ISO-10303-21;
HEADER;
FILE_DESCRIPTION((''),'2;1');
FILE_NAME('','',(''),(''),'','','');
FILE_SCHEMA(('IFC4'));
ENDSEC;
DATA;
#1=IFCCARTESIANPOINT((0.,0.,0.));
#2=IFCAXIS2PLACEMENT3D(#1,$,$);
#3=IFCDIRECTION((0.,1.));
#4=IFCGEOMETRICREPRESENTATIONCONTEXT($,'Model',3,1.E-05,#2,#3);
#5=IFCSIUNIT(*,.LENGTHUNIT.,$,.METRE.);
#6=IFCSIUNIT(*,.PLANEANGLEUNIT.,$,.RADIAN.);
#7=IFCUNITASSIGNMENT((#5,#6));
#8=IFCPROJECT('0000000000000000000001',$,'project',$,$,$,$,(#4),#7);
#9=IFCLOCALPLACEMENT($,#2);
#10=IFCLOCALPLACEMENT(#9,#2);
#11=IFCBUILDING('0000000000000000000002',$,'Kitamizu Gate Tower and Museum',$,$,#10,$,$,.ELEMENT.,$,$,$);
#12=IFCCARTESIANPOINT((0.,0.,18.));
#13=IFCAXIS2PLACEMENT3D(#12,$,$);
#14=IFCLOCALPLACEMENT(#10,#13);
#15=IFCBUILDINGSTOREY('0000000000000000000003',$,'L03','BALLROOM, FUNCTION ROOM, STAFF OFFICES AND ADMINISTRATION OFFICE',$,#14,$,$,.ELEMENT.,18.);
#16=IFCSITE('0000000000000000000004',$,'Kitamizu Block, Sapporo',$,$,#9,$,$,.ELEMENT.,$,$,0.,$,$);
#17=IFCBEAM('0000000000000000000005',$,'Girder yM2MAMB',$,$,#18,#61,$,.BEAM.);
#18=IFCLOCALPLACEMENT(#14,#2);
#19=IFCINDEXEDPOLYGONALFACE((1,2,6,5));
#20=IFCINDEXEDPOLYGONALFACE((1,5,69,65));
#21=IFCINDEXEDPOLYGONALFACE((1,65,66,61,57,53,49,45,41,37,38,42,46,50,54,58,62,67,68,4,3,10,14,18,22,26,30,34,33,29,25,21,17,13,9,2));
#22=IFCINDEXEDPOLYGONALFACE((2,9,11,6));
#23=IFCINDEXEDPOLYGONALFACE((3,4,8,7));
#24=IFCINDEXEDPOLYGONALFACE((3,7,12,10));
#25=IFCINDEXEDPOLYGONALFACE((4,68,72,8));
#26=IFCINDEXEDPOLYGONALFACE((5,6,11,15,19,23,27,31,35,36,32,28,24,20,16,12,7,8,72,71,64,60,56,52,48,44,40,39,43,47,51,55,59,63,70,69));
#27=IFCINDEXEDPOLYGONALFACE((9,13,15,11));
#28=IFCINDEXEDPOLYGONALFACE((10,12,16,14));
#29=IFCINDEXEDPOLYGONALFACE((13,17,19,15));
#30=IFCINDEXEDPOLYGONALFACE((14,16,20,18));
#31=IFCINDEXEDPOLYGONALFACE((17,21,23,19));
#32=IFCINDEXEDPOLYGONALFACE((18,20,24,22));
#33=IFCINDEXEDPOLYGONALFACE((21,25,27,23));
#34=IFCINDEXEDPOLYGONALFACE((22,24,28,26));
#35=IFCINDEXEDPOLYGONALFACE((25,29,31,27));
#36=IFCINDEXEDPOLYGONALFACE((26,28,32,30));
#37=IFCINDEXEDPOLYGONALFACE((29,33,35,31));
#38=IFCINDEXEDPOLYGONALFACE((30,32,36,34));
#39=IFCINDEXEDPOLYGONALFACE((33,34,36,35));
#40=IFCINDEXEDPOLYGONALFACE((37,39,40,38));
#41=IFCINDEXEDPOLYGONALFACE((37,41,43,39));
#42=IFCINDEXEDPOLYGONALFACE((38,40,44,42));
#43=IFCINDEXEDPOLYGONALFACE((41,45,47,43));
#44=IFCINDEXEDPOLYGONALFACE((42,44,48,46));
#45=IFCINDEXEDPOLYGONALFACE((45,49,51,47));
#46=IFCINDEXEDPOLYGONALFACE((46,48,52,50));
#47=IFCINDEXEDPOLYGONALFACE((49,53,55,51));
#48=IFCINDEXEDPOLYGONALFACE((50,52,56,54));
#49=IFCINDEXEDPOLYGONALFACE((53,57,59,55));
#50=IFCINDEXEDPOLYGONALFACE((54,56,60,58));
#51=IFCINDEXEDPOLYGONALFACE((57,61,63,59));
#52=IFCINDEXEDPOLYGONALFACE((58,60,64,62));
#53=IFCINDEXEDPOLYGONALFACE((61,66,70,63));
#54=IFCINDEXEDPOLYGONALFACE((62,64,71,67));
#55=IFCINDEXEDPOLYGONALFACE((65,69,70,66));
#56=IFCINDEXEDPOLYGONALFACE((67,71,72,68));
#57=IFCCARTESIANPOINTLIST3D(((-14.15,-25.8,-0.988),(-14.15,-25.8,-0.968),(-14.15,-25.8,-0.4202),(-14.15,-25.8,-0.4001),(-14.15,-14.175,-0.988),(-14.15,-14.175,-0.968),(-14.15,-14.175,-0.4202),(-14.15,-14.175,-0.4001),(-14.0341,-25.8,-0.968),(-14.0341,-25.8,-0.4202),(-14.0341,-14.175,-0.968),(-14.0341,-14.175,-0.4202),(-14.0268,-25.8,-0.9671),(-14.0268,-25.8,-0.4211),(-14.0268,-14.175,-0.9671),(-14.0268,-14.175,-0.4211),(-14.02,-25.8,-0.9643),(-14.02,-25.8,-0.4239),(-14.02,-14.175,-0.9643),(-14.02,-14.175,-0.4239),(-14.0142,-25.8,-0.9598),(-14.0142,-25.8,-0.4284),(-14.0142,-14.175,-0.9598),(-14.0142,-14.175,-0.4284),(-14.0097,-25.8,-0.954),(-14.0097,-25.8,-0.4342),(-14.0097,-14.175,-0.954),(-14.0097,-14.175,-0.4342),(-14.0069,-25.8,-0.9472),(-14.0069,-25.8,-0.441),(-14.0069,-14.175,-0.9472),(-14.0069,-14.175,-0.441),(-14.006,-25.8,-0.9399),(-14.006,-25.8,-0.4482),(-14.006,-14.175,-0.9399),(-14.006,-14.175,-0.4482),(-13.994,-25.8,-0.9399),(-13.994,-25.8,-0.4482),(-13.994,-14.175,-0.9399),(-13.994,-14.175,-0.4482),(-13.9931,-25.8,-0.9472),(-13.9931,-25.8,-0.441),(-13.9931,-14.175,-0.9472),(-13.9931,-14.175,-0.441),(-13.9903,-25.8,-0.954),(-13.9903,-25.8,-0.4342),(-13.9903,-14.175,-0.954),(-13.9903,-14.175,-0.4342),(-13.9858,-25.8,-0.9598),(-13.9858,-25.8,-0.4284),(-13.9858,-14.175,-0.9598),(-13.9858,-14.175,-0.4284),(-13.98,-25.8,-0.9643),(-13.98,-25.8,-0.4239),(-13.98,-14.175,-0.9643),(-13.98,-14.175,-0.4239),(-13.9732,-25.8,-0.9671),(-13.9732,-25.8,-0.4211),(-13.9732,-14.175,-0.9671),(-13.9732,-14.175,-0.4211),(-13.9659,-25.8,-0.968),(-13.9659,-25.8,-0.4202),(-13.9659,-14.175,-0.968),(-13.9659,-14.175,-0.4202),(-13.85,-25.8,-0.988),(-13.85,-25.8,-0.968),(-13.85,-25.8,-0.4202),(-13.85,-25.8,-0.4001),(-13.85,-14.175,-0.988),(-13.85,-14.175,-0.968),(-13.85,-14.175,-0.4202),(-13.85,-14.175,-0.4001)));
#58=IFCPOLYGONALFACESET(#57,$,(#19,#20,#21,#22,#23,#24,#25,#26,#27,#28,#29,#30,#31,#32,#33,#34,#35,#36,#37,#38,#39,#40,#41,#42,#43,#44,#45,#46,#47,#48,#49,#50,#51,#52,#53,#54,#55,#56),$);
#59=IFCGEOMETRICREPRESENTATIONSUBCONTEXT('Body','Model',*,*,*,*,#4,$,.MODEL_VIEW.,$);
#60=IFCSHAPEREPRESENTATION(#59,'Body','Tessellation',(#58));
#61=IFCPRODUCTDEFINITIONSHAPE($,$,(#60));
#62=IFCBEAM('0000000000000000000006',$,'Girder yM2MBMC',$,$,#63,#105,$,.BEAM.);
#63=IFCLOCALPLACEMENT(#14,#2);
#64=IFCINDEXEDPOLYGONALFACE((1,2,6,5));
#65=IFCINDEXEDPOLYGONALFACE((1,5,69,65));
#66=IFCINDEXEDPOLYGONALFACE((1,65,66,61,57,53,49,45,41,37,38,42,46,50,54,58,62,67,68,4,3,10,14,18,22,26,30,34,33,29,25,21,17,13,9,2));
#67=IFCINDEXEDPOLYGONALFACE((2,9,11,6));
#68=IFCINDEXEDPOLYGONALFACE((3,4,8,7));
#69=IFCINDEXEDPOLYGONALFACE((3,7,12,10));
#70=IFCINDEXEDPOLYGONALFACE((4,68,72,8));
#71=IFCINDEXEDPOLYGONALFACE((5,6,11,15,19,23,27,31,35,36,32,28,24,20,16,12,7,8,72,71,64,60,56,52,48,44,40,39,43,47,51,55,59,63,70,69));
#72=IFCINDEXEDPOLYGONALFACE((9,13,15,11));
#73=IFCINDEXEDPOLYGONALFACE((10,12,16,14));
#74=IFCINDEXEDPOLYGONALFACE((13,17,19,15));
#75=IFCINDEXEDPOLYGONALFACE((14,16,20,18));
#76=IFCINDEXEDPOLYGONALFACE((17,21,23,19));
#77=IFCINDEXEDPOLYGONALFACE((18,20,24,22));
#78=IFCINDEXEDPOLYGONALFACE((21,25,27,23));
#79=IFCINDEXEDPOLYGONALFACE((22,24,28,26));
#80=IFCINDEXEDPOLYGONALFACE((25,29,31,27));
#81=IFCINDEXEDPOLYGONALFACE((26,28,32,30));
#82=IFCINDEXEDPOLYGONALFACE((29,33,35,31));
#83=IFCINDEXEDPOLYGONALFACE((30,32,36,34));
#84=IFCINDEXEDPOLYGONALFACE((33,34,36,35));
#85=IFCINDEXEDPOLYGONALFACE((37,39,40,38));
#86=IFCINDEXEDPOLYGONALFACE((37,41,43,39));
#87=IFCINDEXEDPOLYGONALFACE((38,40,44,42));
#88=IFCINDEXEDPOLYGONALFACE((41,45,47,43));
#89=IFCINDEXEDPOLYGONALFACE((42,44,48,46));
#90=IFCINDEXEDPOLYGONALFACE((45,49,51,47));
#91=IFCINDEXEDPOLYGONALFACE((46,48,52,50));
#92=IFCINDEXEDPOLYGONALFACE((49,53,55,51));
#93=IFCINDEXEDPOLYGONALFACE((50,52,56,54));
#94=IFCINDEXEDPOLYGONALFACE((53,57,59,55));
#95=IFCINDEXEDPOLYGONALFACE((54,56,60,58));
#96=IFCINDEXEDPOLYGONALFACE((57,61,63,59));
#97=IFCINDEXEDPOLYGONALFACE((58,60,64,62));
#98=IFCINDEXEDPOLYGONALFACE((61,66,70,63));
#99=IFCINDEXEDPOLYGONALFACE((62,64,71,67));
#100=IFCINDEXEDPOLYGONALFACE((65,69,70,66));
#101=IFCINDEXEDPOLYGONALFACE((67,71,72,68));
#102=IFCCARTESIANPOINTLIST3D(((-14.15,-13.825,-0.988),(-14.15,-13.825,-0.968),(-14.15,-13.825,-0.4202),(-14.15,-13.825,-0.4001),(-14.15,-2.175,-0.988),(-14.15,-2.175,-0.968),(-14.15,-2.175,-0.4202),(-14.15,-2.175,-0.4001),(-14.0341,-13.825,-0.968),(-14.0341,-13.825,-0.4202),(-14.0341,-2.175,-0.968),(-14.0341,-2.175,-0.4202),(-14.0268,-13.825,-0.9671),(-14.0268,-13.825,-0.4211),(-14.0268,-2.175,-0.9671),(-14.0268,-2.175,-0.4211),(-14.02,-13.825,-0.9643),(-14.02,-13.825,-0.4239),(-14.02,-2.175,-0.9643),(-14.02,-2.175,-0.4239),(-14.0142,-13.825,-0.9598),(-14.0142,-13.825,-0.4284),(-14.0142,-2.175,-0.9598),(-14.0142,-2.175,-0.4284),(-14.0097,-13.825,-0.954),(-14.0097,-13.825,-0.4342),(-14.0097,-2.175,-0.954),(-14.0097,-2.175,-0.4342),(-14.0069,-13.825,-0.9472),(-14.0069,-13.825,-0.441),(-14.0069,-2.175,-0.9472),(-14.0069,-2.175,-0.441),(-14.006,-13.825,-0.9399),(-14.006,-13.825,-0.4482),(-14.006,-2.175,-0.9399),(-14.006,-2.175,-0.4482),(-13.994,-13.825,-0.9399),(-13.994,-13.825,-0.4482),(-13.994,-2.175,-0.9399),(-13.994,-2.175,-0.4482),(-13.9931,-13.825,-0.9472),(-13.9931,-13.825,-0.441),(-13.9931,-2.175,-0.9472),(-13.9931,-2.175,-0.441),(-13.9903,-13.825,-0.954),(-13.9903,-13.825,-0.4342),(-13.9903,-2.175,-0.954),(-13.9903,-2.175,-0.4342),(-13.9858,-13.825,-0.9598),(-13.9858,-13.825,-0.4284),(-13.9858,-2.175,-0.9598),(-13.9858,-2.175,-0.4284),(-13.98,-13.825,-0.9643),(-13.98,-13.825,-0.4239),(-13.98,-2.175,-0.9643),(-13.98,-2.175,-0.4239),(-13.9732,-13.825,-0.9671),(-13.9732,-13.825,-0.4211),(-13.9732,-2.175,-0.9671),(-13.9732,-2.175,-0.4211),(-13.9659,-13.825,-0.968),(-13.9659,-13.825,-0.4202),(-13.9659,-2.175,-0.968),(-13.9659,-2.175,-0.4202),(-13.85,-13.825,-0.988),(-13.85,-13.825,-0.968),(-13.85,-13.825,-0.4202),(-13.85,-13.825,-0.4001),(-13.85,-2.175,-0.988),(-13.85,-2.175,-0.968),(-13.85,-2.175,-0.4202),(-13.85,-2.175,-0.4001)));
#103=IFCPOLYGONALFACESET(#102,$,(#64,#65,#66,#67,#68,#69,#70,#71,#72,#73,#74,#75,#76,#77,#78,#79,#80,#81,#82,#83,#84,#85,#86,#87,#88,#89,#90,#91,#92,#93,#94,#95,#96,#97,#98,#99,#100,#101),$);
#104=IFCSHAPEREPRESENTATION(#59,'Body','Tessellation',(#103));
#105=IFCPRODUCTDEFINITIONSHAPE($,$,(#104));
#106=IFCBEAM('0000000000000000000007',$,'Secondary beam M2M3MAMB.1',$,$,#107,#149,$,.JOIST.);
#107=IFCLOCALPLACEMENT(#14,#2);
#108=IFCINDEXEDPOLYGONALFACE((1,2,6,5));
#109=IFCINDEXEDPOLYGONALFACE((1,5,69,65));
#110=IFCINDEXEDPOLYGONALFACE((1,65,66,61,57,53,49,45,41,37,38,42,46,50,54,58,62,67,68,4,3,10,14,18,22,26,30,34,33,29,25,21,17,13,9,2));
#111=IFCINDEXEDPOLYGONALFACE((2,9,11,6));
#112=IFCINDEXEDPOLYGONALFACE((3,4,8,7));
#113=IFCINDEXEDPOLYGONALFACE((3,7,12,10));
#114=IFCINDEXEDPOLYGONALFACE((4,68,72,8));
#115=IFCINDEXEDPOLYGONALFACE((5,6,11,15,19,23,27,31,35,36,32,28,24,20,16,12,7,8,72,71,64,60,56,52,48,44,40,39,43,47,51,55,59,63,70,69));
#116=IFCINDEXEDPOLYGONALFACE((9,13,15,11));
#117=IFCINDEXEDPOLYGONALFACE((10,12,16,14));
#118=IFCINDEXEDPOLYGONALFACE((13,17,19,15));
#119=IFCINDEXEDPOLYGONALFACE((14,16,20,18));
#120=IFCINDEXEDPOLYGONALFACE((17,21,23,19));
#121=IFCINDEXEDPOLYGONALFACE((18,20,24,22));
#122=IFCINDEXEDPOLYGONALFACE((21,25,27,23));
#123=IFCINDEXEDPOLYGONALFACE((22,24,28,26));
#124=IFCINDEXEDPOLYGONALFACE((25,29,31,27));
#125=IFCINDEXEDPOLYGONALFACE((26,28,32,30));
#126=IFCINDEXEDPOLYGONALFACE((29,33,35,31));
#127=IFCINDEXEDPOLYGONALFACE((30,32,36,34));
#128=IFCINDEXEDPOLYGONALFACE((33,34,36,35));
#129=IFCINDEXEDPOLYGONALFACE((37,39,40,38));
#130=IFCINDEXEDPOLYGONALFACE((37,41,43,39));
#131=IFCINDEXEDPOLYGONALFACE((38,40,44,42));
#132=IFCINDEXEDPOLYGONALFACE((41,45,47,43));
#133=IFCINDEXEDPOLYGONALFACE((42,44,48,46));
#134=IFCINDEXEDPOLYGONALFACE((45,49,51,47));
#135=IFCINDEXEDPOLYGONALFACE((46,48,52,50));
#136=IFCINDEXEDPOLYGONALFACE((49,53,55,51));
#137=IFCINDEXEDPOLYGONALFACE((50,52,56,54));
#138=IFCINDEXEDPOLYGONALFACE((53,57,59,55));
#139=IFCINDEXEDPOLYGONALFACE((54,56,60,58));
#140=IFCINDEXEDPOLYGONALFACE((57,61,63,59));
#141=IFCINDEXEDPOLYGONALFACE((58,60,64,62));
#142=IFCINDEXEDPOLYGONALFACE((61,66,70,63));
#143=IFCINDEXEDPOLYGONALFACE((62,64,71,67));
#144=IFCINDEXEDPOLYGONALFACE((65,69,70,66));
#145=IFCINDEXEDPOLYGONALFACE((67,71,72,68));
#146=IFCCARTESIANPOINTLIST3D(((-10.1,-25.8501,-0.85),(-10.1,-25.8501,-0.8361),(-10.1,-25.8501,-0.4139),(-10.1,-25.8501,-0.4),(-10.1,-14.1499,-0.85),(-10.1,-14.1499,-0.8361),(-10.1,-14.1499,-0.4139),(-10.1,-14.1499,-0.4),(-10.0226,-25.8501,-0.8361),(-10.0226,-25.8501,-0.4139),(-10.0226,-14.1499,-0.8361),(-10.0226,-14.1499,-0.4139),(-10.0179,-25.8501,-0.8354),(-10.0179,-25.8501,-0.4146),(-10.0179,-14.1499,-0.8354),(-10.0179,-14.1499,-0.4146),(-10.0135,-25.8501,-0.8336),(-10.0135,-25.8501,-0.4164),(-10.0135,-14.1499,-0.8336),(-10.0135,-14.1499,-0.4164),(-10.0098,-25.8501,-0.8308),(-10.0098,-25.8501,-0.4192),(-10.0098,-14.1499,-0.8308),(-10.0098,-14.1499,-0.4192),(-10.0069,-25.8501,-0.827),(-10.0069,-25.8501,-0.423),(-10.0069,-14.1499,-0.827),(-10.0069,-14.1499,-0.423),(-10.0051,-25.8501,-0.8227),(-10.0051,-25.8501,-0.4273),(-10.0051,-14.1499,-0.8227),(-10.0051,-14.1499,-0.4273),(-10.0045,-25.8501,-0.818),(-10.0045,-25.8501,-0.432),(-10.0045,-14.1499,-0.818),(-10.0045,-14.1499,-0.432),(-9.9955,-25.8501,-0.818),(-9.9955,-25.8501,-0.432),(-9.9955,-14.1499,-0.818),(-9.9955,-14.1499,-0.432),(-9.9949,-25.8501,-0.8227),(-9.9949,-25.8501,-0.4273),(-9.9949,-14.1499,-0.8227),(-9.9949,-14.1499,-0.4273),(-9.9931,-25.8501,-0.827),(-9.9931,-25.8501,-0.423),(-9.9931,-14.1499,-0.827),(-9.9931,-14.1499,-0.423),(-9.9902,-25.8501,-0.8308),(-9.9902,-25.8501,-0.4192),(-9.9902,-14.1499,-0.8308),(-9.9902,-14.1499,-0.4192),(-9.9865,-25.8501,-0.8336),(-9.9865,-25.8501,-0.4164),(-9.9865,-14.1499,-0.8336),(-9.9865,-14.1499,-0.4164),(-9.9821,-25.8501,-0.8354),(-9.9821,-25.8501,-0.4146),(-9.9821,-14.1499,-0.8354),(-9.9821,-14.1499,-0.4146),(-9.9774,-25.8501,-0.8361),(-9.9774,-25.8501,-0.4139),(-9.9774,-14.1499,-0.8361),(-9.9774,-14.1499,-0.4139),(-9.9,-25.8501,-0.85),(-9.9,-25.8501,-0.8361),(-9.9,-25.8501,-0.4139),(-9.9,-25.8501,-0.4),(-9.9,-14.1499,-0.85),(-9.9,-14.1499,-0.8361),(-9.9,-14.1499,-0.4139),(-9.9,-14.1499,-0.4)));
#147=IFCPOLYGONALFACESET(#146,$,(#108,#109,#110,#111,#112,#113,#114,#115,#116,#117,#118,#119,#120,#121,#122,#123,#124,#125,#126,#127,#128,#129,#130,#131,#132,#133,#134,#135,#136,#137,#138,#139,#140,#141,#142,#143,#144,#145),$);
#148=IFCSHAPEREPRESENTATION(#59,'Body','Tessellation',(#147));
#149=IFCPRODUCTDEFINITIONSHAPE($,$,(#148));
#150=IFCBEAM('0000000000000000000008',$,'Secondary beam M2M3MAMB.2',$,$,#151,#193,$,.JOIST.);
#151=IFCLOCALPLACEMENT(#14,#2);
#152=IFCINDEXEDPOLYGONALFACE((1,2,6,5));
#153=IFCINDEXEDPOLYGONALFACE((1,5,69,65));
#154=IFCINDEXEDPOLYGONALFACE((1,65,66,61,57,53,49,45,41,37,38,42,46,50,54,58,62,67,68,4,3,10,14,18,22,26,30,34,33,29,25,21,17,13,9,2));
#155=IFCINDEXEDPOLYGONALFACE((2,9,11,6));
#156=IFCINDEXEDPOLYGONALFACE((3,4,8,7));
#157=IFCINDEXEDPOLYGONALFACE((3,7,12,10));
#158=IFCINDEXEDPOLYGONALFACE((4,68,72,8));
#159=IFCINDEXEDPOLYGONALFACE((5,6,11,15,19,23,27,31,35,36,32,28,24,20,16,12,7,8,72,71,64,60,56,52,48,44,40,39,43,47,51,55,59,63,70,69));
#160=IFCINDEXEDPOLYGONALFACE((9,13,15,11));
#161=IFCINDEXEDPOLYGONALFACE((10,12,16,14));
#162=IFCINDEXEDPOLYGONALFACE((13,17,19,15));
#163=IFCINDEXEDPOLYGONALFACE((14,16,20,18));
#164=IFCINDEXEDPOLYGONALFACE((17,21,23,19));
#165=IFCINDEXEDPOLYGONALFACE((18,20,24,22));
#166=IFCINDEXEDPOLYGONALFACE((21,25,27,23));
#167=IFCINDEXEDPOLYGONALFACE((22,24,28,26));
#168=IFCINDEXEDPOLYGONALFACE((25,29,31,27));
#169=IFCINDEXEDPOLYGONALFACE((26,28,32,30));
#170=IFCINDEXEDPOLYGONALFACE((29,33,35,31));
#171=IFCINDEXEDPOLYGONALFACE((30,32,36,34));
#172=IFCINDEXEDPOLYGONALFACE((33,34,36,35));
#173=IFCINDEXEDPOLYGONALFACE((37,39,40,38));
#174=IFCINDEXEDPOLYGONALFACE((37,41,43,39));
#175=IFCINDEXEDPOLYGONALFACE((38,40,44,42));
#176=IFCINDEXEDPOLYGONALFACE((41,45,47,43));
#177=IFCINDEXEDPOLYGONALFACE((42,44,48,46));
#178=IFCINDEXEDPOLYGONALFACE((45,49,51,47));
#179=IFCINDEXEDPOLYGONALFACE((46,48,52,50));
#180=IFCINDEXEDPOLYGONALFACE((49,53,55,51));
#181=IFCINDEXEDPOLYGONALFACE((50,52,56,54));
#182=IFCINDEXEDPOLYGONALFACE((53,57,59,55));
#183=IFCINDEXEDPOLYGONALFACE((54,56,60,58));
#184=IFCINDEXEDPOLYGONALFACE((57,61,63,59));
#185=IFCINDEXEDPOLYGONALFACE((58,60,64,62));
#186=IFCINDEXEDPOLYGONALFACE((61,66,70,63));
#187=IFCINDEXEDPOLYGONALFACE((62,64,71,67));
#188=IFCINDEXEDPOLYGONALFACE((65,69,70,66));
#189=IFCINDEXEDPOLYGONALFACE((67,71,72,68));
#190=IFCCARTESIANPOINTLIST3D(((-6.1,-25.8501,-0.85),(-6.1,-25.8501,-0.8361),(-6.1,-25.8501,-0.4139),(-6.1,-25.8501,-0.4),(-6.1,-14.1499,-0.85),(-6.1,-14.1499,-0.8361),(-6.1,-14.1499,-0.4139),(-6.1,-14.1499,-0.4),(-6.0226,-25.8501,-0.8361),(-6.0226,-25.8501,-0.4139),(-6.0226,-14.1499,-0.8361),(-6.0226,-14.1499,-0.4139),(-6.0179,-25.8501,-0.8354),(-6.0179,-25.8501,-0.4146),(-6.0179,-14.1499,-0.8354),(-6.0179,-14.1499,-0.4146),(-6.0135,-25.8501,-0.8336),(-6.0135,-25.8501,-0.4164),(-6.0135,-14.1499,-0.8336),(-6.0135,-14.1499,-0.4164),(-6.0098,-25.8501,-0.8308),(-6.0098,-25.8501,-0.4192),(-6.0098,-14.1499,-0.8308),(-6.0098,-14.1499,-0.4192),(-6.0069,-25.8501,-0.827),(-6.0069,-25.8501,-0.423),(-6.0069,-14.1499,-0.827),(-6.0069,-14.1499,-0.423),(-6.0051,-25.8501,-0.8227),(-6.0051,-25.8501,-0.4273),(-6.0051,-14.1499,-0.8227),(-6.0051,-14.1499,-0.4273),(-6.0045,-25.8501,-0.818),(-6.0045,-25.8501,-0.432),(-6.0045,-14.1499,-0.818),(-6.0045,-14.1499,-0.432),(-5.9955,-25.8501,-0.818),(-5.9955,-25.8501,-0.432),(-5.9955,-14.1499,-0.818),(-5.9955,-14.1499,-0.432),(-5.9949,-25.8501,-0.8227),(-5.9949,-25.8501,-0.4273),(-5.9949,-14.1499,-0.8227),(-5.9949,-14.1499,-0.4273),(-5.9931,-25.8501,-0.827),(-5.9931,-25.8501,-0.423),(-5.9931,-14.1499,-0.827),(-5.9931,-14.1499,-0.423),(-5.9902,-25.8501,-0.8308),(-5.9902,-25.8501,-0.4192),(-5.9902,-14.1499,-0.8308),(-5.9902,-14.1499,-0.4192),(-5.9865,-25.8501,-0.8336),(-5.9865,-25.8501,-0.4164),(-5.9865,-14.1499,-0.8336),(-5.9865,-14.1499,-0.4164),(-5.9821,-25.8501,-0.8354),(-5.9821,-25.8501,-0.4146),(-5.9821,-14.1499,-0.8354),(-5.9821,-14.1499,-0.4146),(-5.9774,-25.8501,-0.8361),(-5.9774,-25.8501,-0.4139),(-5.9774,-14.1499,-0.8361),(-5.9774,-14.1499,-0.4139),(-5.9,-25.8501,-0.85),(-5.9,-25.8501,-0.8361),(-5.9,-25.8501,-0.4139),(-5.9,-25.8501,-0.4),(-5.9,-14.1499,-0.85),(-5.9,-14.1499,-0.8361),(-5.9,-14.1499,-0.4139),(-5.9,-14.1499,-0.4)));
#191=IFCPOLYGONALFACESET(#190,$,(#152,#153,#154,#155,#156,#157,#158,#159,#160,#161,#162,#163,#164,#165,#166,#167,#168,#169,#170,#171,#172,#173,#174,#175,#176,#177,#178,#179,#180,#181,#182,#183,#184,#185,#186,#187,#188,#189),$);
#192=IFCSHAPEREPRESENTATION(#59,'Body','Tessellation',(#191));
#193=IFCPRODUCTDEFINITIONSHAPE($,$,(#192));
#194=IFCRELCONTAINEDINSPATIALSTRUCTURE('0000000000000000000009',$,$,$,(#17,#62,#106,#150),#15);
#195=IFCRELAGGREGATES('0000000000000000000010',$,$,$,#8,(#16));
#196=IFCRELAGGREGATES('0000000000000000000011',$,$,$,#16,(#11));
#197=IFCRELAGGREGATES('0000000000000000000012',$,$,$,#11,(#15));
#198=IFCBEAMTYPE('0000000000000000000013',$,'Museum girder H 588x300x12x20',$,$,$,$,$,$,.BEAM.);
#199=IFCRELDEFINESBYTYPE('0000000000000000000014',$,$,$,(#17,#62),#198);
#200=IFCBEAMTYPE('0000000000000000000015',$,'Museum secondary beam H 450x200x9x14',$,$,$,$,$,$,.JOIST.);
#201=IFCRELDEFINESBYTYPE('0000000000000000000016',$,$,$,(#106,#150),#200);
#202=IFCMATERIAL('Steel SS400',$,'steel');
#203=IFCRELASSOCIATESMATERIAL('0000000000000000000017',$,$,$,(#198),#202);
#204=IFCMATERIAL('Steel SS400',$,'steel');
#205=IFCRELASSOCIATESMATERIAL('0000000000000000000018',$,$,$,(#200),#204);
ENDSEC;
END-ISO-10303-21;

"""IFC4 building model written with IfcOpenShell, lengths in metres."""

from ifc_helpers import new_model, si_unit, direction, frame, origin, origin_2d, place, context, subcontext, project, spatial, i_section, extrude, material, material_profile, profile_set, type_object, element, save


model = new_model("IFC4")

# Units and contexts
model_context = context("Model", 3, precision=1e-05, world=origin(), true_north=direction((0.0, 1.0)))
body_context = subcontext(model_context, "Body", "Model", "MODEL_VIEW")
ifc_project = project(units=[si_unit("LENGTHUNIT", "METRE"), si_unit("PLANEANGLEUNIT", "RADIAN")], contexts=[model_context])

# Site, building, storey
site_placement = place(None, origin())
site = spatial("IfcSite", under=ifc_project, at=site_placement, Name="Kitamizu Block, Sapporo", CompositionType="ELEMENT", RefElevation=0.0)
building_placement = place(site_placement, origin())
building = spatial("IfcBuilding", under=site, at=building_placement, Name="Kitamizu Gate Tower and Museum", CompositionType="ELEMENT")
storey_placement = place(building_placement, frame((0.0, 0.0, 18.0)))
storey = spatial("IfcBuildingStorey", under=building, at=storey_placement, Name="L03", Description="BALLROOM, FUNCTION ROOM, STAFF OFFICES AND ADMINISTRATION OFFICE", CompositionType="ELEMENT", Elevation=18.0)

# Beams
ifc_material_1 = material(Name="Steel SS400", Category="steel")
ifc_material_profile_1 = material_profile(ifc_material_1, i_section(OverallWidth=0.3, OverallDepth=0.5879, WebThickness=0.012, FlangeThickness=0.02, FilletRadius=0.0281, at=origin_2d()), Name="H-588x300x12x20")
ifc_profile_set_1 = profile_set([ifc_material_profile_1], Name="Steel SS400")
beam_type_1 = type_object("IfcBeamType", Name="Museum girder H 588x300x12x20", PredefinedType="BEAM", material=ifc_profile_set_1)
beam_1_placement = place(storey_placement, frame((-14.0, -25.8, -0.6941), z_axis=(0.0, 1.0, 0.0), x_axis=(-1.0, 0.0, 0.0)))
element("IfcBeam", 1, at=beam_1_placement, inside=storey, type_object=beam_type_1, Name="Girder yM2MAMB", PredefinedType="BEAM", context=body_context, shape_type="SweptSolid", body=[
    extrude(i_section(OverallWidth=0.3, OverallDepth=0.5879, WebThickness=0.012, FlangeThickness=0.02, FilletRadius=0.0281, at=origin_2d()), origin(), (0.0, 0.0, 1.0), 11.625),
])
beam_2_placement = place(storey_placement, frame((-14.0, -13.825, -0.6941), z_axis=(0.0, 1.0, 0.0), x_axis=(-1.0, 0.0, 0.0)))
element("IfcBeam", 2, at=beam_2_placement, inside=storey, type_object=beam_type_1, Name="Girder yM2MBMC", PredefinedType="BEAM", context=body_context, shape_type="SweptSolid", body=[
    extrude(i_section(OverallWidth=0.3, OverallDepth=0.5879, WebThickness=0.012, FlangeThickness=0.02, FilletRadius=0.0281, at=origin_2d()), origin(), (0.0, 0.0, 1.0), 11.6499),
])
ifc_material_2 = material(Name="Steel SS400", Category="steel")
ifc_material_profile_2 = material_profile(ifc_material_2, i_section(OverallWidth=0.2, OverallDepth=0.45, WebThickness=0.009, FlangeThickness=0.0139, FilletRadius=0.0181, at=origin_2d()), Name="H-450x200x9x14")
ifc_profile_set_2 = profile_set([ifc_material_profile_2], Name="Steel SS400")
beam_type_2 = type_object("IfcBeamType", Name="Museum secondary beam H 450x200x9x14", PredefinedType="JOIST", material=ifc_profile_set_2)
for number, where, z_axis, x_axis, name in (
    (3, (-10.0, -25.8501, -0.625), (0.0, 1.0, 0.0), (-1.0, 0.0, 0.0), "Secondary beam M2M3MAMB.1"),
    (4, (-6.0, -25.8501, -0.625), (0.0, 1.0, 0.0), (-1.0, 0.0, 0.0), "Secondary beam M2M3MAMB.2"),
):
    element("IfcBeam", number, at=place(storey_placement, frame(where, z_axis=z_axis, x_axis=x_axis)), inside=storey, type_object=beam_type_2, Name=name, PredefinedType="JOIST", context=body_context, shape_type="SweptSolid", body=[
        extrude(i_section(OverallWidth=0.2, OverallDepth=0.45, WebThickness=0.009, FlangeThickness=0.0139, FilletRadius=0.0181, at=origin_2d()), origin(), (0.0, 0.0, 1.0), 11.7002),
    ])

save(model, "model.ifc")
